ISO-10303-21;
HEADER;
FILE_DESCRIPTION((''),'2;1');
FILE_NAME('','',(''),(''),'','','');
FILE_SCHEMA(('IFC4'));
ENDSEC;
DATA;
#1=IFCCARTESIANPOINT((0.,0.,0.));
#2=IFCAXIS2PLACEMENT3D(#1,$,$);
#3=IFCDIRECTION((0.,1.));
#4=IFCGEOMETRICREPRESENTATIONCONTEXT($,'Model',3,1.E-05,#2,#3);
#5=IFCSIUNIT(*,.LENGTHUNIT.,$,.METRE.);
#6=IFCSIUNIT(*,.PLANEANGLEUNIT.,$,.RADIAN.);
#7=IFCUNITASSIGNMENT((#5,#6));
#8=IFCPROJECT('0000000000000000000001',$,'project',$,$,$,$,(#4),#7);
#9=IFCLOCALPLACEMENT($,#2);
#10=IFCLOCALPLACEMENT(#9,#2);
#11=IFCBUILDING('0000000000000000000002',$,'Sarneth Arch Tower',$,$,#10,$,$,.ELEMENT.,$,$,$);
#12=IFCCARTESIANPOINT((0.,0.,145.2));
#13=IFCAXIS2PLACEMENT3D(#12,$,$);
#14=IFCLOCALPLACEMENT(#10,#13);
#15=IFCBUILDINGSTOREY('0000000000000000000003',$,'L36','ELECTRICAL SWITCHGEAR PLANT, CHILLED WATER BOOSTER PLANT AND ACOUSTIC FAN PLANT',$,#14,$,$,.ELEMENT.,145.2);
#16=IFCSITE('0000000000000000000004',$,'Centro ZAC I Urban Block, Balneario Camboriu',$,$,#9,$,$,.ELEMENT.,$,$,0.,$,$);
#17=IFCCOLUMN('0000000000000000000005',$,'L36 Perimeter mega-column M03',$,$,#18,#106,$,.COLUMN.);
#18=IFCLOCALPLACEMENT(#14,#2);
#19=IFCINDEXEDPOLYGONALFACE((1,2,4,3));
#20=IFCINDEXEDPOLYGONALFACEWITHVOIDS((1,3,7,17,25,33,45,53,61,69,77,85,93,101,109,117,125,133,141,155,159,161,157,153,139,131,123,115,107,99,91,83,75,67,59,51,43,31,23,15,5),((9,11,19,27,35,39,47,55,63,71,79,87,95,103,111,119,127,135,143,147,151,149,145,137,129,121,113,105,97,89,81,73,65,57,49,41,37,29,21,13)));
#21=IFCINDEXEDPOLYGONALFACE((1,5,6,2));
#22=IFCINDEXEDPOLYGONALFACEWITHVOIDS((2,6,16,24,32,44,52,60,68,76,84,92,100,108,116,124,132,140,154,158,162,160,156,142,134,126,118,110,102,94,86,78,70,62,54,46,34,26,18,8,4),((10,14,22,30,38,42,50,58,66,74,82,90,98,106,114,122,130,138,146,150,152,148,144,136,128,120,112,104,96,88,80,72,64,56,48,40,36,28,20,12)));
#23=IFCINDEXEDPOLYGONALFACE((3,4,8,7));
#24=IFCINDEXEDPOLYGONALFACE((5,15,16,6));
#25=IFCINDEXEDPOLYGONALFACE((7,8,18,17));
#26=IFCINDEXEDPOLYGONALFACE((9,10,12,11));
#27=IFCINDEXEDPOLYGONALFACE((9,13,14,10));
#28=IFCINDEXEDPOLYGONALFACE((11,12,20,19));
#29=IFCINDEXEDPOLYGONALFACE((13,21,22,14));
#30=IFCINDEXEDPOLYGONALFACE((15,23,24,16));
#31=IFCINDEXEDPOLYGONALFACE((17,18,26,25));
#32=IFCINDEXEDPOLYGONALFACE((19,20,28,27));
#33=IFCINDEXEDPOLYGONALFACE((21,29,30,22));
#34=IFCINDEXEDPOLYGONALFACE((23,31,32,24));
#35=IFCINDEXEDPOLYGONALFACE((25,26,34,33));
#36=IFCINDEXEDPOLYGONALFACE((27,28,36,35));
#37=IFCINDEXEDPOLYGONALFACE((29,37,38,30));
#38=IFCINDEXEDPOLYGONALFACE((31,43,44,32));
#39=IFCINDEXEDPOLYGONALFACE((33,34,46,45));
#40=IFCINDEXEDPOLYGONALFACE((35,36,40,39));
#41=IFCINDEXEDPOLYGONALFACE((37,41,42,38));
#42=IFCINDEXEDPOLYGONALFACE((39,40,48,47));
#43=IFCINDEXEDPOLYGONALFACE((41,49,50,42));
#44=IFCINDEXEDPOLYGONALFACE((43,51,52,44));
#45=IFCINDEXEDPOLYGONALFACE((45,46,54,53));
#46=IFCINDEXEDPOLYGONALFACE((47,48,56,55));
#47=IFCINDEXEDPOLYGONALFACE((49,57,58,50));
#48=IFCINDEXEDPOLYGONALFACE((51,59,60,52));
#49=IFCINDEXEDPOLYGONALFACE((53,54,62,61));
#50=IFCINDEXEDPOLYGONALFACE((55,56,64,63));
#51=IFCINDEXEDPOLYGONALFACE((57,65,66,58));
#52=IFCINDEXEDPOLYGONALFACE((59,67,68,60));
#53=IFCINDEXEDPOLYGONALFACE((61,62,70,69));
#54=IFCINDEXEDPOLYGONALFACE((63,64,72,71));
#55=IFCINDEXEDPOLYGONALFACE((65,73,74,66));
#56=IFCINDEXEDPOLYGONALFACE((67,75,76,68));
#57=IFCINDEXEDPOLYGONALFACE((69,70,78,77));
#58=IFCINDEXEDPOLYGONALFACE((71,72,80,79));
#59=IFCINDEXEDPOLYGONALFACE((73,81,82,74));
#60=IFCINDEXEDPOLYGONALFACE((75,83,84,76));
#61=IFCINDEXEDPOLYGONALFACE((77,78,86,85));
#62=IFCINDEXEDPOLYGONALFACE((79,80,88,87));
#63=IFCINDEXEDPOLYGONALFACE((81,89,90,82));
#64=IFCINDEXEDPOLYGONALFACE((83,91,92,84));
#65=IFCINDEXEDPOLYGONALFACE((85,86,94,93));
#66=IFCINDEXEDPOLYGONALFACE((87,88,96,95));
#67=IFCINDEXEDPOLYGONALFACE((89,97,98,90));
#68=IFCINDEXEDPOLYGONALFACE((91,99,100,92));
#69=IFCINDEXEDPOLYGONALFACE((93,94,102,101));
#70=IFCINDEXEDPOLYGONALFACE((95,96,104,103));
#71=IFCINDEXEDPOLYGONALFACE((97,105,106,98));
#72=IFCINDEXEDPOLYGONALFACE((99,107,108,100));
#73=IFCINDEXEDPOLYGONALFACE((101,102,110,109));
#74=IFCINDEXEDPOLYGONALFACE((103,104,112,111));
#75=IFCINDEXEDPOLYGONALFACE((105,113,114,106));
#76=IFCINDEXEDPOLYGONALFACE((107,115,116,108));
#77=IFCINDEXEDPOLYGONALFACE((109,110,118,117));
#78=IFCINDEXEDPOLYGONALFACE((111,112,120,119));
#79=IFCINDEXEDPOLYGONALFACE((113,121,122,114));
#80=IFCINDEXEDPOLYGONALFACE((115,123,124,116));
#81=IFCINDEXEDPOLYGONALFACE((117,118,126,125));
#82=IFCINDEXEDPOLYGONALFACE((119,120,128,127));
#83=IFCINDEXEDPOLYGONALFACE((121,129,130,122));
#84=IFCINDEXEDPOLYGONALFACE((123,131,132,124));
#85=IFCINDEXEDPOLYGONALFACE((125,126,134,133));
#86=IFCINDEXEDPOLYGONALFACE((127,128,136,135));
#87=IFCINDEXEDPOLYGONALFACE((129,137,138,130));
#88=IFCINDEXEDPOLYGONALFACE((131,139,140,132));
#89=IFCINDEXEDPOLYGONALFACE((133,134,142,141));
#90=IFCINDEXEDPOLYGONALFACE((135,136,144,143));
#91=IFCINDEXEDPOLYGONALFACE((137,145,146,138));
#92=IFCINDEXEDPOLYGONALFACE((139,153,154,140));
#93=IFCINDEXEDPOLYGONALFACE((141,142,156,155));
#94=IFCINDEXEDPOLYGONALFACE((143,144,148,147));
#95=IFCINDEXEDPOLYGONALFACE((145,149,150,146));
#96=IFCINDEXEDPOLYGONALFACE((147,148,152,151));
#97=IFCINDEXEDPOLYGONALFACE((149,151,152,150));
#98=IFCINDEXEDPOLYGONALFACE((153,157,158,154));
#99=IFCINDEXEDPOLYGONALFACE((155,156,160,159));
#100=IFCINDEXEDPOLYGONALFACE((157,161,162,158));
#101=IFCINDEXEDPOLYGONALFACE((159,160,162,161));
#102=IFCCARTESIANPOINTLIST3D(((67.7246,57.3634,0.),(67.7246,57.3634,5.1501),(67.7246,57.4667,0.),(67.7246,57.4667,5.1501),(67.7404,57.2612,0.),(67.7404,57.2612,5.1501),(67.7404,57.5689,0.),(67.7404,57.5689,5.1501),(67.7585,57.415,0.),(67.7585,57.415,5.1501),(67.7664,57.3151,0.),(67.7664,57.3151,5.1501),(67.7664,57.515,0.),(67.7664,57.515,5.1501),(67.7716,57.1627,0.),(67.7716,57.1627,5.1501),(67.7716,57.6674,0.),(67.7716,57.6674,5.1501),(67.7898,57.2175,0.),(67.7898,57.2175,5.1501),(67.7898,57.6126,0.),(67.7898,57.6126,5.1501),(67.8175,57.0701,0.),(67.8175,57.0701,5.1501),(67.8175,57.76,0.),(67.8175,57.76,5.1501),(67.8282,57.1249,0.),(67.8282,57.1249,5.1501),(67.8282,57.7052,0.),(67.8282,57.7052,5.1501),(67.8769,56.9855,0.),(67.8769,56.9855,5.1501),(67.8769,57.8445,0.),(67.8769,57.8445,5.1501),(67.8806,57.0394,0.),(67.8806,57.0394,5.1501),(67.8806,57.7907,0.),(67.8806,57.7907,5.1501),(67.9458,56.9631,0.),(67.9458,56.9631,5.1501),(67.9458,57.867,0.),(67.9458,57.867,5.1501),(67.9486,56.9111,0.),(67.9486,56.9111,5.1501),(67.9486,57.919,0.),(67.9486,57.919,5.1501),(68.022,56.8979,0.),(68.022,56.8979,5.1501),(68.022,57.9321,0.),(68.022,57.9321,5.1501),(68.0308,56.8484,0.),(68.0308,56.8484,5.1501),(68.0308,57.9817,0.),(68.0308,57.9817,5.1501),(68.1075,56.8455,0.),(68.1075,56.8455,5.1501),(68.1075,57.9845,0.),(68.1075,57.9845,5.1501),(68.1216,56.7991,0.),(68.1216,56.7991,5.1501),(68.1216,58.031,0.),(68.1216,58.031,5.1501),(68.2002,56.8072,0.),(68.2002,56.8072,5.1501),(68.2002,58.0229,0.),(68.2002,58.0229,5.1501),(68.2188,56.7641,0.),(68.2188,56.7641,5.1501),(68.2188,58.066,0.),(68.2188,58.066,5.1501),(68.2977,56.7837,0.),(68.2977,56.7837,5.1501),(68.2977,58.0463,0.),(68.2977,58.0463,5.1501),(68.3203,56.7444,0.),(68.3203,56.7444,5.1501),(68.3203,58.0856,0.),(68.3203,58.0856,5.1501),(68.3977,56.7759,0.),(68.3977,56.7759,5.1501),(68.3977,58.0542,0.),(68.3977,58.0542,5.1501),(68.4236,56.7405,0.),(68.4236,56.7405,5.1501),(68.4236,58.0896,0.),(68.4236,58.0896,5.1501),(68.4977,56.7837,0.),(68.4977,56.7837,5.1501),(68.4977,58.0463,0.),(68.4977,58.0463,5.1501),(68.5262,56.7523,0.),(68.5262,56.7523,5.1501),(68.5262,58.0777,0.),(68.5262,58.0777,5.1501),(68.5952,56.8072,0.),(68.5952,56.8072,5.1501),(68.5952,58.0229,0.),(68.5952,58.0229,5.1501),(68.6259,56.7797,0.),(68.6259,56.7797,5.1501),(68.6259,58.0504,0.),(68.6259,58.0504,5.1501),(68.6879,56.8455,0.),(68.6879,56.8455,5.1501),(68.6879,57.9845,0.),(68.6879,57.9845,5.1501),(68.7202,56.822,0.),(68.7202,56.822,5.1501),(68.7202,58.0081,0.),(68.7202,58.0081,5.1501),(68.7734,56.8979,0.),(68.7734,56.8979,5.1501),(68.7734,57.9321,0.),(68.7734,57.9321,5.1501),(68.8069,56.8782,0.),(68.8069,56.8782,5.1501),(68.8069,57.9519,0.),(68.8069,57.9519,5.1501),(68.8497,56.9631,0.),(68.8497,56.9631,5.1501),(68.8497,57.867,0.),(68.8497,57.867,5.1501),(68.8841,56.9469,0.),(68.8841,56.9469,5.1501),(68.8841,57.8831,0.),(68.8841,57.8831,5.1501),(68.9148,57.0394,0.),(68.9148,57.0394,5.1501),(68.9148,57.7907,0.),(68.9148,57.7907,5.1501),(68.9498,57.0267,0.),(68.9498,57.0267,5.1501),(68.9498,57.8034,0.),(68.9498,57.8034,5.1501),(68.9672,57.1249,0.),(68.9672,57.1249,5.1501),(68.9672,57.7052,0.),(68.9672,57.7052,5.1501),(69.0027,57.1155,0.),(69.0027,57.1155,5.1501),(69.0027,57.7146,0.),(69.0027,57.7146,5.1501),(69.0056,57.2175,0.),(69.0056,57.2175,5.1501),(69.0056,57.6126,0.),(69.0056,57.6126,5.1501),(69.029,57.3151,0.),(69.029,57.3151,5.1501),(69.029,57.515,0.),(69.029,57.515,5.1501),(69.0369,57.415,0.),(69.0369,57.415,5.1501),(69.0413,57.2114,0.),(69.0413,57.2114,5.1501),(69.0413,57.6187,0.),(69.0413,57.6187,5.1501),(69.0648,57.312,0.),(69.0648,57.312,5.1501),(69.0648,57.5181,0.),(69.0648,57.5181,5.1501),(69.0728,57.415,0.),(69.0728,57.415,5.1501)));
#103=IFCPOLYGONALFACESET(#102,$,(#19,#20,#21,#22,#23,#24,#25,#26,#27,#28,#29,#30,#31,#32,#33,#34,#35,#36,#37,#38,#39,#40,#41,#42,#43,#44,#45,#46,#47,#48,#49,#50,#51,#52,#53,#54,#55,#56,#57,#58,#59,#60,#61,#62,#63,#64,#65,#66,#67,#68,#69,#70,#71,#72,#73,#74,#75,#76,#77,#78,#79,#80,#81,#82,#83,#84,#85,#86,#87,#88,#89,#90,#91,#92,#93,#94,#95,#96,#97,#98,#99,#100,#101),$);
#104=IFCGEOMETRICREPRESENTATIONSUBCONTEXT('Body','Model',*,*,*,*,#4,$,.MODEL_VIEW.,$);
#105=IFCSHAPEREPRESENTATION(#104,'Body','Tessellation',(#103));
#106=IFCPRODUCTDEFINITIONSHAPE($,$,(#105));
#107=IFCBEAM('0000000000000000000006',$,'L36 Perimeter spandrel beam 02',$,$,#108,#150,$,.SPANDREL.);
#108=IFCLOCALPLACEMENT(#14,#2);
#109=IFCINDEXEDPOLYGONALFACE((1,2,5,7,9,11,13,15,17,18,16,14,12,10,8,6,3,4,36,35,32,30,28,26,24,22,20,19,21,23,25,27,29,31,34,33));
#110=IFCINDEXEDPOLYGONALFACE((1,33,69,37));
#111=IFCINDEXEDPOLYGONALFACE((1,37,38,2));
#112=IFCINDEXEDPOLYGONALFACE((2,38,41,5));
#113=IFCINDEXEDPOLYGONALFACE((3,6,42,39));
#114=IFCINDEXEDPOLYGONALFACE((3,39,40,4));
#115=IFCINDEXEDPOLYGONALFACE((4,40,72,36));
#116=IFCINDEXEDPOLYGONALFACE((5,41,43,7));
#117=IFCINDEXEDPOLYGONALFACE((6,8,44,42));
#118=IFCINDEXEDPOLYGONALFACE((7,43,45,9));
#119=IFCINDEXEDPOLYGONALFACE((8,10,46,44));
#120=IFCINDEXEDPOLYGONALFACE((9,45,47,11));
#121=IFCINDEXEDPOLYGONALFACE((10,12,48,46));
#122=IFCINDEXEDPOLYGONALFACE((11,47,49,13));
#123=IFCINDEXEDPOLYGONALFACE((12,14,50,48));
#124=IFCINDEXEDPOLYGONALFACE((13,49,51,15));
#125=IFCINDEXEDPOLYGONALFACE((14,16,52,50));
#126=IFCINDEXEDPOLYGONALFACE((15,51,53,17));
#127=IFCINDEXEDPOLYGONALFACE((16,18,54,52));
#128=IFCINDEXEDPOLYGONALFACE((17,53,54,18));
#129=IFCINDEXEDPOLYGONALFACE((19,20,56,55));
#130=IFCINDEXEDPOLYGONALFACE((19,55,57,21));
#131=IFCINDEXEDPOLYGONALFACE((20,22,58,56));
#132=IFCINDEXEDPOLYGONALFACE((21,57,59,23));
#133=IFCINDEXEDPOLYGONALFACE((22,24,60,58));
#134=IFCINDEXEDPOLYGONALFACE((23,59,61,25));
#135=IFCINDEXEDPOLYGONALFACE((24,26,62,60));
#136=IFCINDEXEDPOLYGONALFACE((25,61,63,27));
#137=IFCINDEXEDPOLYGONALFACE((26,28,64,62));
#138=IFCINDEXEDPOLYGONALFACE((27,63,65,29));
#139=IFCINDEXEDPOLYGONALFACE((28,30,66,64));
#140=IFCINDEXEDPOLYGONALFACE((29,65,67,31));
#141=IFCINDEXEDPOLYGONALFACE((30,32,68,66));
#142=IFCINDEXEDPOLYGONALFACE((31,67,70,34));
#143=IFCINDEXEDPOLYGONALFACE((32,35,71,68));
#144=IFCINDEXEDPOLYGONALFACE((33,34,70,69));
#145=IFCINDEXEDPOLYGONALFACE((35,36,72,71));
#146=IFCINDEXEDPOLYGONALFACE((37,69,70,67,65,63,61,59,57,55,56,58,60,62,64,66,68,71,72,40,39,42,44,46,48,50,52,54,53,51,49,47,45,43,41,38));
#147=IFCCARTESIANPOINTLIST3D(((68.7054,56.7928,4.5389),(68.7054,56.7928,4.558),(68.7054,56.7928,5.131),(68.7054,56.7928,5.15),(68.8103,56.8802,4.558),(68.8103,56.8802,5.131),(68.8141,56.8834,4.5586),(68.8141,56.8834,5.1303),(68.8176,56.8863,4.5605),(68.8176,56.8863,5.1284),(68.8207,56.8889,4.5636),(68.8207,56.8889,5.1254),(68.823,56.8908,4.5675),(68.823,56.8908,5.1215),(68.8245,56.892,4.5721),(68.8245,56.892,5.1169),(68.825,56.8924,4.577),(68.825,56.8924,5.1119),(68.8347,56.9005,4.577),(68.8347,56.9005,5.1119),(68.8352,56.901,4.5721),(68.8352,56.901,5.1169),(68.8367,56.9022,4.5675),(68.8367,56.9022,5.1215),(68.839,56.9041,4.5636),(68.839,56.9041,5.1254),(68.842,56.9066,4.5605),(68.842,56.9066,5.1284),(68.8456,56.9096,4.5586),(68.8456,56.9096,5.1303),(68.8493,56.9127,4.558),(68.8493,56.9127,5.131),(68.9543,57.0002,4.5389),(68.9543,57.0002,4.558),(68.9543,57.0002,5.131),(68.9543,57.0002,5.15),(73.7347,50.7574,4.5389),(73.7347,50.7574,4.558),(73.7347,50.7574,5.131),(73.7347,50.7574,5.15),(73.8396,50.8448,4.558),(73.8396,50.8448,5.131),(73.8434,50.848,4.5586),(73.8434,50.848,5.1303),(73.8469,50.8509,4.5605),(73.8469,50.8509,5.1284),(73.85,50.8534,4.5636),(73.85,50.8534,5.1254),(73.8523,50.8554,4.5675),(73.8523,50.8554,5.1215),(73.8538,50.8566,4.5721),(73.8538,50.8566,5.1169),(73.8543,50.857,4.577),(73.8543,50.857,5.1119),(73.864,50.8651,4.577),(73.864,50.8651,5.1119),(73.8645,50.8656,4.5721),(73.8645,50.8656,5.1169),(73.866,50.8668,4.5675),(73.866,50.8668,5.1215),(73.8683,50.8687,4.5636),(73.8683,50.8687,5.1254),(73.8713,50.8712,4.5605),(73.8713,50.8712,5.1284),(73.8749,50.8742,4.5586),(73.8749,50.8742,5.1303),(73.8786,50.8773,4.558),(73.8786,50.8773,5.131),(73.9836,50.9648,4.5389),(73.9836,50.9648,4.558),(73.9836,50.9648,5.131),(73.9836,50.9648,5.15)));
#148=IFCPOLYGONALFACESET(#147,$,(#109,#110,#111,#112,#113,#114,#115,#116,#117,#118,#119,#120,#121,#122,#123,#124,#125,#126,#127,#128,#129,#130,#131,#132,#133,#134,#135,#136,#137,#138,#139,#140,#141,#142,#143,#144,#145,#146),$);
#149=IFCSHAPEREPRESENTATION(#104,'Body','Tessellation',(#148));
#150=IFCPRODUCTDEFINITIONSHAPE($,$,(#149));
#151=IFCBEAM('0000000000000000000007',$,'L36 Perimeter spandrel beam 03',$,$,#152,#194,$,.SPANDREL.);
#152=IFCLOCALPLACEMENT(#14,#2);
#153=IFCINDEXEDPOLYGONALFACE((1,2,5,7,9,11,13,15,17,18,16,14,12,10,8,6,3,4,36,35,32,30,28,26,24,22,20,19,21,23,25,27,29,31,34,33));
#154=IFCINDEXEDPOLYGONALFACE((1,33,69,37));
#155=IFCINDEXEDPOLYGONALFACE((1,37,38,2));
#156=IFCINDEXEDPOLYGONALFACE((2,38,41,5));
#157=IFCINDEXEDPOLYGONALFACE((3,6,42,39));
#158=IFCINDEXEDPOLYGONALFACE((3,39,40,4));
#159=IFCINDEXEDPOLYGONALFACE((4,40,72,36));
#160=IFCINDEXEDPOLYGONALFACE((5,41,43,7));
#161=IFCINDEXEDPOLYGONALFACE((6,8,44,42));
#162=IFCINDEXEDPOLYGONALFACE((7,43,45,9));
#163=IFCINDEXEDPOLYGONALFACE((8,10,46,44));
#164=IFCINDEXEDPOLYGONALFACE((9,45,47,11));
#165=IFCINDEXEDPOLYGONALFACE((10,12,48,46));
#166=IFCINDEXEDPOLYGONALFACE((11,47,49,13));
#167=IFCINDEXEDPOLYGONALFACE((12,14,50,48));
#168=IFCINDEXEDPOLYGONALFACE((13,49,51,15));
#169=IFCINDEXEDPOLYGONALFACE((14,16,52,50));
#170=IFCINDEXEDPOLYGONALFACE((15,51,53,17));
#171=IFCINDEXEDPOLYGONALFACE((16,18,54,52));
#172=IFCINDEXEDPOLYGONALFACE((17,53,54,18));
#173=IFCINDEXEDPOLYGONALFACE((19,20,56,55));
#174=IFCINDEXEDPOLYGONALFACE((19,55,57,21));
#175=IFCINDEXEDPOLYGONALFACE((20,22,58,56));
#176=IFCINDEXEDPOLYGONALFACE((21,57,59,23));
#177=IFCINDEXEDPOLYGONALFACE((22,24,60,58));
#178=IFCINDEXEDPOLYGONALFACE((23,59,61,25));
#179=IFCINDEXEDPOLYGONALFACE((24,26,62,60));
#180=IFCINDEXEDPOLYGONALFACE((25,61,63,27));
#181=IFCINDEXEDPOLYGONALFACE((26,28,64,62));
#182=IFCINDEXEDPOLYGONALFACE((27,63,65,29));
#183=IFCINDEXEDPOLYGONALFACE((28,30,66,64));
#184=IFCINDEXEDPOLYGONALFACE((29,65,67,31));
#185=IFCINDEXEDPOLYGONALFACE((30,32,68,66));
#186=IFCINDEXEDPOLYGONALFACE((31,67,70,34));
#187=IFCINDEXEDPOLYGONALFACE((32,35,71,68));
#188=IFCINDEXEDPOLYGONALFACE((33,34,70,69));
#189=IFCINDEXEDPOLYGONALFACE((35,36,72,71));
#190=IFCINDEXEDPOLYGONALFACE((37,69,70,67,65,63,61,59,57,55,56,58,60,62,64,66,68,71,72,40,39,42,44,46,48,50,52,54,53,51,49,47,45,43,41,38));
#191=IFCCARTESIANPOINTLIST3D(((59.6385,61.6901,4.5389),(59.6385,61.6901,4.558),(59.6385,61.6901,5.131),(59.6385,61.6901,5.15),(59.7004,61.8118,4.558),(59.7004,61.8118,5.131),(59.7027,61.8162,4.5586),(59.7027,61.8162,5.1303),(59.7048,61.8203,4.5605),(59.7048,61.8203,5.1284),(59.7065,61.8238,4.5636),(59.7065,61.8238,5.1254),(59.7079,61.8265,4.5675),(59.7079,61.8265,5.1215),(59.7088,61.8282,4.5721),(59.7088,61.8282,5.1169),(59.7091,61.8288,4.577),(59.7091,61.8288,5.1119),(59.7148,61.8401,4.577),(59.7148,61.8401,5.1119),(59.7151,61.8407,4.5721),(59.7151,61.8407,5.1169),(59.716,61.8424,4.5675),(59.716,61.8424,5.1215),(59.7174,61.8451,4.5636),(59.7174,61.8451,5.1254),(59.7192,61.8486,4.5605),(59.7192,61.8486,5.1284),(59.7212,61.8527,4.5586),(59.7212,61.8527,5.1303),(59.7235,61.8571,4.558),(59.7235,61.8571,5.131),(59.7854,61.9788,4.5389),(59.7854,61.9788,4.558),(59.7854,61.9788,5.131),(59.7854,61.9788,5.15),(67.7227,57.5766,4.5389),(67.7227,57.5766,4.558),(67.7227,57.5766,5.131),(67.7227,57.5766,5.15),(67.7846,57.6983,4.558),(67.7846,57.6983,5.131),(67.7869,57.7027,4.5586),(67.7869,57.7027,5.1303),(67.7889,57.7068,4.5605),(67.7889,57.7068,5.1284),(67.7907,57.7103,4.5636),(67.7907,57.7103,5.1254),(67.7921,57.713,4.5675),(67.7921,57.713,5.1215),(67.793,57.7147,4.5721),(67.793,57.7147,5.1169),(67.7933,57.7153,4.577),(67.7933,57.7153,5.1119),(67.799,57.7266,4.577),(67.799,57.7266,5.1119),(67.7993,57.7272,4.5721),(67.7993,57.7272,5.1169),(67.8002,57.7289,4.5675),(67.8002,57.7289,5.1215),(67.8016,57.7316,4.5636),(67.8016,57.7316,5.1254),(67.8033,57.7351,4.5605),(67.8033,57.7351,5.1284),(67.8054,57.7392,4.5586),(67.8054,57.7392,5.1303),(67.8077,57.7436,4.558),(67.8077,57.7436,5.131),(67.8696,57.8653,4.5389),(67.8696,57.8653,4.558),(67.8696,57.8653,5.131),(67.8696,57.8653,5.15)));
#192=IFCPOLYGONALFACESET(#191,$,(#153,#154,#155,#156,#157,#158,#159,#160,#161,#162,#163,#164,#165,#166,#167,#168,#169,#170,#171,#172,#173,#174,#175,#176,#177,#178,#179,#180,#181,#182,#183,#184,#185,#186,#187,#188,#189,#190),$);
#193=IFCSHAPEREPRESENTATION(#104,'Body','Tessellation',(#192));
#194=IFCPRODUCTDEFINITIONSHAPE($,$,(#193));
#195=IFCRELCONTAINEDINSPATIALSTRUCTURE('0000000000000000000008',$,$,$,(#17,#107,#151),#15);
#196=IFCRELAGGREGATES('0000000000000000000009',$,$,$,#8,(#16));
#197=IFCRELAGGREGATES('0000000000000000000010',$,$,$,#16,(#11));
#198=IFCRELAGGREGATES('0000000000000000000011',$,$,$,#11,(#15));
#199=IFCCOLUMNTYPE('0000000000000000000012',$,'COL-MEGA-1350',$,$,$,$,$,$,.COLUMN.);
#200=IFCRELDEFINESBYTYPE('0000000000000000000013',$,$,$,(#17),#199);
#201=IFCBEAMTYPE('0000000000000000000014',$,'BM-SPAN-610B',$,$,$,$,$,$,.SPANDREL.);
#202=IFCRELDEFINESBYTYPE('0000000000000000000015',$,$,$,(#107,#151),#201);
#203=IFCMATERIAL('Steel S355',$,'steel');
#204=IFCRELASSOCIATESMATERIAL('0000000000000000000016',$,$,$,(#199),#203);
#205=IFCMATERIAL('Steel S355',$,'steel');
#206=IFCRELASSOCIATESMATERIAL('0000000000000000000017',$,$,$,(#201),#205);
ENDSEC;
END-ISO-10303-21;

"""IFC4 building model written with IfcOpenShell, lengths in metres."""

from ifc_helpers import new_model, si_unit, direction, frame, origin, origin_2d, place, context, subcontext, project, spatial, hollow_circle, i_section, extrude, material, material_profile, profile_set, type_object, element, save


model = new_model("IFC4")

# Units and contexts
model_context = context("Model", 3, precision=1e-05, world=origin(), true_north=direction((0.0, 1.0)))
body_context = subcontext(model_context, "Body", "Model", "MODEL_VIEW")
ifc_project = project(units=[si_unit("LENGTHUNIT", "METRE"), si_unit("PLANEANGLEUNIT", "RADIAN")], contexts=[model_context])

# Site, building, storey
site_placement = place(None, origin())
site = spatial("IfcSite", under=ifc_project, at=site_placement, Name="Centro ZAC I Urban Block, Balneario Camboriu", CompositionType="ELEMENT", RefElevation=0.0)
building_placement = place(site_placement, origin())
building = spatial("IfcBuilding", under=site, at=building_placement, Name="Sarneth Arch Tower", CompositionType="ELEMENT")
storey_placement = place(building_placement, frame((0.0, 0.0, 145.2)))
storey = spatial("IfcBuildingStorey", under=building, at=storey_placement, Name="L36", Description="ELECTRICAL SWITCHGEAR PLANT, CHILLED WATER BOOSTER PLANT AND ACOUSTIC FAN PLANT", CompositionType="ELEMENT", Elevation=145.2)

# Column
ifc_material_1 = material(Name="Steel S355", Category="steel")
ifc_material_profile_1 = material_profile(ifc_material_1, hollow_circle(Radius=0.675, WallThickness=0.0359, at=origin_2d()), Name="CHS1350x36")
ifc_profile_set_1 = profile_set([ifc_material_profile_1], Name="Steel S355")
column_type = type_object("IfcColumnType", Name="COL-MEGA-1350", PredefinedType="COLUMN", material=ifc_profile_set_1)
column_placement = place(storey_placement, frame((68.3977, 57.415, 0.0), z_axis=(0.0, 0.0, 1.0), x_axis=(1.0, 0.0, 0.0)))
element("IfcColumn", 1, at=column_placement, inside=storey, type_object=column_type, Name="L36 Perimeter mega-column M03", PredefinedType="COLUMN", context=body_context, shape_type="SweptSolid", body=[
    extrude(hollow_circle(Radius=0.675, WallThickness=0.0359, at=origin_2d()), origin(), (0.0, 0.0, 1.0), 5.1501),
])

# Beams
ifc_material_2 = material(Name="Steel S355", Category="steel")
ifc_material_profile_2 = material_profile(ifc_material_2, i_section(OverallWidth=0.324, OverallDepth=0.6111, WebThickness=0.0127, FlangeThickness=0.019, FilletRadius=0.019, at=origin_2d()), Name="W610x155")
ifc_profile_set_2 = profile_set([ifc_material_profile_2], Name="Steel S355")
beam_type = type_object("IfcBeamType", Name="BM-SPAN-610B", PredefinedType="SPANDREL", material=ifc_profile_set_2)
beam_1_placement = place(storey_placement, frame((73.8591, 50.8611, 4.8445), z_axis=(-0.640169, 0.768234, 0.0), x_axis=(-0.768234, -0.640169, 0.0)))
element("IfcBeam", 2, at=beam_1_placement, inside=storey, type_object=beam_type, Name="L36 Perimeter spandrel beam 02", PredefinedType="SPANDREL", context=body_context, shape_type="SweptSolid", body=[
    extrude(i_section(OverallWidth=0.324, OverallDepth=0.6111, WebThickness=0.0127, FlangeThickness=0.019, FilletRadius=0.019, at=origin_2d()), origin(), (0.0, 0.0, 1.0), 7.8562),
])
beam_2_placement = place(storey_placement, frame((67.7961, 57.7209, 4.8445), z_axis=(-0.891256, 0.453501, 0.0), x_axis=(-0.453501, -0.891256, 0.0)))
element("IfcBeam", 3, at=beam_2_placement, inside=storey, type_object=beam_type, Name="L36 Perimeter spandrel beam 03", PredefinedType="SPANDREL", context=body_context, shape_type="SweptSolid", body=[
    extrude(i_section(OverallWidth=0.324, OverallDepth=0.6111, WebThickness=0.0127, FlangeThickness=0.019, FilletRadius=0.019, at=origin_2d()), origin(), (0.0, 0.0, 1.0), 9.0706),
])

save(model, "model.ifc")
